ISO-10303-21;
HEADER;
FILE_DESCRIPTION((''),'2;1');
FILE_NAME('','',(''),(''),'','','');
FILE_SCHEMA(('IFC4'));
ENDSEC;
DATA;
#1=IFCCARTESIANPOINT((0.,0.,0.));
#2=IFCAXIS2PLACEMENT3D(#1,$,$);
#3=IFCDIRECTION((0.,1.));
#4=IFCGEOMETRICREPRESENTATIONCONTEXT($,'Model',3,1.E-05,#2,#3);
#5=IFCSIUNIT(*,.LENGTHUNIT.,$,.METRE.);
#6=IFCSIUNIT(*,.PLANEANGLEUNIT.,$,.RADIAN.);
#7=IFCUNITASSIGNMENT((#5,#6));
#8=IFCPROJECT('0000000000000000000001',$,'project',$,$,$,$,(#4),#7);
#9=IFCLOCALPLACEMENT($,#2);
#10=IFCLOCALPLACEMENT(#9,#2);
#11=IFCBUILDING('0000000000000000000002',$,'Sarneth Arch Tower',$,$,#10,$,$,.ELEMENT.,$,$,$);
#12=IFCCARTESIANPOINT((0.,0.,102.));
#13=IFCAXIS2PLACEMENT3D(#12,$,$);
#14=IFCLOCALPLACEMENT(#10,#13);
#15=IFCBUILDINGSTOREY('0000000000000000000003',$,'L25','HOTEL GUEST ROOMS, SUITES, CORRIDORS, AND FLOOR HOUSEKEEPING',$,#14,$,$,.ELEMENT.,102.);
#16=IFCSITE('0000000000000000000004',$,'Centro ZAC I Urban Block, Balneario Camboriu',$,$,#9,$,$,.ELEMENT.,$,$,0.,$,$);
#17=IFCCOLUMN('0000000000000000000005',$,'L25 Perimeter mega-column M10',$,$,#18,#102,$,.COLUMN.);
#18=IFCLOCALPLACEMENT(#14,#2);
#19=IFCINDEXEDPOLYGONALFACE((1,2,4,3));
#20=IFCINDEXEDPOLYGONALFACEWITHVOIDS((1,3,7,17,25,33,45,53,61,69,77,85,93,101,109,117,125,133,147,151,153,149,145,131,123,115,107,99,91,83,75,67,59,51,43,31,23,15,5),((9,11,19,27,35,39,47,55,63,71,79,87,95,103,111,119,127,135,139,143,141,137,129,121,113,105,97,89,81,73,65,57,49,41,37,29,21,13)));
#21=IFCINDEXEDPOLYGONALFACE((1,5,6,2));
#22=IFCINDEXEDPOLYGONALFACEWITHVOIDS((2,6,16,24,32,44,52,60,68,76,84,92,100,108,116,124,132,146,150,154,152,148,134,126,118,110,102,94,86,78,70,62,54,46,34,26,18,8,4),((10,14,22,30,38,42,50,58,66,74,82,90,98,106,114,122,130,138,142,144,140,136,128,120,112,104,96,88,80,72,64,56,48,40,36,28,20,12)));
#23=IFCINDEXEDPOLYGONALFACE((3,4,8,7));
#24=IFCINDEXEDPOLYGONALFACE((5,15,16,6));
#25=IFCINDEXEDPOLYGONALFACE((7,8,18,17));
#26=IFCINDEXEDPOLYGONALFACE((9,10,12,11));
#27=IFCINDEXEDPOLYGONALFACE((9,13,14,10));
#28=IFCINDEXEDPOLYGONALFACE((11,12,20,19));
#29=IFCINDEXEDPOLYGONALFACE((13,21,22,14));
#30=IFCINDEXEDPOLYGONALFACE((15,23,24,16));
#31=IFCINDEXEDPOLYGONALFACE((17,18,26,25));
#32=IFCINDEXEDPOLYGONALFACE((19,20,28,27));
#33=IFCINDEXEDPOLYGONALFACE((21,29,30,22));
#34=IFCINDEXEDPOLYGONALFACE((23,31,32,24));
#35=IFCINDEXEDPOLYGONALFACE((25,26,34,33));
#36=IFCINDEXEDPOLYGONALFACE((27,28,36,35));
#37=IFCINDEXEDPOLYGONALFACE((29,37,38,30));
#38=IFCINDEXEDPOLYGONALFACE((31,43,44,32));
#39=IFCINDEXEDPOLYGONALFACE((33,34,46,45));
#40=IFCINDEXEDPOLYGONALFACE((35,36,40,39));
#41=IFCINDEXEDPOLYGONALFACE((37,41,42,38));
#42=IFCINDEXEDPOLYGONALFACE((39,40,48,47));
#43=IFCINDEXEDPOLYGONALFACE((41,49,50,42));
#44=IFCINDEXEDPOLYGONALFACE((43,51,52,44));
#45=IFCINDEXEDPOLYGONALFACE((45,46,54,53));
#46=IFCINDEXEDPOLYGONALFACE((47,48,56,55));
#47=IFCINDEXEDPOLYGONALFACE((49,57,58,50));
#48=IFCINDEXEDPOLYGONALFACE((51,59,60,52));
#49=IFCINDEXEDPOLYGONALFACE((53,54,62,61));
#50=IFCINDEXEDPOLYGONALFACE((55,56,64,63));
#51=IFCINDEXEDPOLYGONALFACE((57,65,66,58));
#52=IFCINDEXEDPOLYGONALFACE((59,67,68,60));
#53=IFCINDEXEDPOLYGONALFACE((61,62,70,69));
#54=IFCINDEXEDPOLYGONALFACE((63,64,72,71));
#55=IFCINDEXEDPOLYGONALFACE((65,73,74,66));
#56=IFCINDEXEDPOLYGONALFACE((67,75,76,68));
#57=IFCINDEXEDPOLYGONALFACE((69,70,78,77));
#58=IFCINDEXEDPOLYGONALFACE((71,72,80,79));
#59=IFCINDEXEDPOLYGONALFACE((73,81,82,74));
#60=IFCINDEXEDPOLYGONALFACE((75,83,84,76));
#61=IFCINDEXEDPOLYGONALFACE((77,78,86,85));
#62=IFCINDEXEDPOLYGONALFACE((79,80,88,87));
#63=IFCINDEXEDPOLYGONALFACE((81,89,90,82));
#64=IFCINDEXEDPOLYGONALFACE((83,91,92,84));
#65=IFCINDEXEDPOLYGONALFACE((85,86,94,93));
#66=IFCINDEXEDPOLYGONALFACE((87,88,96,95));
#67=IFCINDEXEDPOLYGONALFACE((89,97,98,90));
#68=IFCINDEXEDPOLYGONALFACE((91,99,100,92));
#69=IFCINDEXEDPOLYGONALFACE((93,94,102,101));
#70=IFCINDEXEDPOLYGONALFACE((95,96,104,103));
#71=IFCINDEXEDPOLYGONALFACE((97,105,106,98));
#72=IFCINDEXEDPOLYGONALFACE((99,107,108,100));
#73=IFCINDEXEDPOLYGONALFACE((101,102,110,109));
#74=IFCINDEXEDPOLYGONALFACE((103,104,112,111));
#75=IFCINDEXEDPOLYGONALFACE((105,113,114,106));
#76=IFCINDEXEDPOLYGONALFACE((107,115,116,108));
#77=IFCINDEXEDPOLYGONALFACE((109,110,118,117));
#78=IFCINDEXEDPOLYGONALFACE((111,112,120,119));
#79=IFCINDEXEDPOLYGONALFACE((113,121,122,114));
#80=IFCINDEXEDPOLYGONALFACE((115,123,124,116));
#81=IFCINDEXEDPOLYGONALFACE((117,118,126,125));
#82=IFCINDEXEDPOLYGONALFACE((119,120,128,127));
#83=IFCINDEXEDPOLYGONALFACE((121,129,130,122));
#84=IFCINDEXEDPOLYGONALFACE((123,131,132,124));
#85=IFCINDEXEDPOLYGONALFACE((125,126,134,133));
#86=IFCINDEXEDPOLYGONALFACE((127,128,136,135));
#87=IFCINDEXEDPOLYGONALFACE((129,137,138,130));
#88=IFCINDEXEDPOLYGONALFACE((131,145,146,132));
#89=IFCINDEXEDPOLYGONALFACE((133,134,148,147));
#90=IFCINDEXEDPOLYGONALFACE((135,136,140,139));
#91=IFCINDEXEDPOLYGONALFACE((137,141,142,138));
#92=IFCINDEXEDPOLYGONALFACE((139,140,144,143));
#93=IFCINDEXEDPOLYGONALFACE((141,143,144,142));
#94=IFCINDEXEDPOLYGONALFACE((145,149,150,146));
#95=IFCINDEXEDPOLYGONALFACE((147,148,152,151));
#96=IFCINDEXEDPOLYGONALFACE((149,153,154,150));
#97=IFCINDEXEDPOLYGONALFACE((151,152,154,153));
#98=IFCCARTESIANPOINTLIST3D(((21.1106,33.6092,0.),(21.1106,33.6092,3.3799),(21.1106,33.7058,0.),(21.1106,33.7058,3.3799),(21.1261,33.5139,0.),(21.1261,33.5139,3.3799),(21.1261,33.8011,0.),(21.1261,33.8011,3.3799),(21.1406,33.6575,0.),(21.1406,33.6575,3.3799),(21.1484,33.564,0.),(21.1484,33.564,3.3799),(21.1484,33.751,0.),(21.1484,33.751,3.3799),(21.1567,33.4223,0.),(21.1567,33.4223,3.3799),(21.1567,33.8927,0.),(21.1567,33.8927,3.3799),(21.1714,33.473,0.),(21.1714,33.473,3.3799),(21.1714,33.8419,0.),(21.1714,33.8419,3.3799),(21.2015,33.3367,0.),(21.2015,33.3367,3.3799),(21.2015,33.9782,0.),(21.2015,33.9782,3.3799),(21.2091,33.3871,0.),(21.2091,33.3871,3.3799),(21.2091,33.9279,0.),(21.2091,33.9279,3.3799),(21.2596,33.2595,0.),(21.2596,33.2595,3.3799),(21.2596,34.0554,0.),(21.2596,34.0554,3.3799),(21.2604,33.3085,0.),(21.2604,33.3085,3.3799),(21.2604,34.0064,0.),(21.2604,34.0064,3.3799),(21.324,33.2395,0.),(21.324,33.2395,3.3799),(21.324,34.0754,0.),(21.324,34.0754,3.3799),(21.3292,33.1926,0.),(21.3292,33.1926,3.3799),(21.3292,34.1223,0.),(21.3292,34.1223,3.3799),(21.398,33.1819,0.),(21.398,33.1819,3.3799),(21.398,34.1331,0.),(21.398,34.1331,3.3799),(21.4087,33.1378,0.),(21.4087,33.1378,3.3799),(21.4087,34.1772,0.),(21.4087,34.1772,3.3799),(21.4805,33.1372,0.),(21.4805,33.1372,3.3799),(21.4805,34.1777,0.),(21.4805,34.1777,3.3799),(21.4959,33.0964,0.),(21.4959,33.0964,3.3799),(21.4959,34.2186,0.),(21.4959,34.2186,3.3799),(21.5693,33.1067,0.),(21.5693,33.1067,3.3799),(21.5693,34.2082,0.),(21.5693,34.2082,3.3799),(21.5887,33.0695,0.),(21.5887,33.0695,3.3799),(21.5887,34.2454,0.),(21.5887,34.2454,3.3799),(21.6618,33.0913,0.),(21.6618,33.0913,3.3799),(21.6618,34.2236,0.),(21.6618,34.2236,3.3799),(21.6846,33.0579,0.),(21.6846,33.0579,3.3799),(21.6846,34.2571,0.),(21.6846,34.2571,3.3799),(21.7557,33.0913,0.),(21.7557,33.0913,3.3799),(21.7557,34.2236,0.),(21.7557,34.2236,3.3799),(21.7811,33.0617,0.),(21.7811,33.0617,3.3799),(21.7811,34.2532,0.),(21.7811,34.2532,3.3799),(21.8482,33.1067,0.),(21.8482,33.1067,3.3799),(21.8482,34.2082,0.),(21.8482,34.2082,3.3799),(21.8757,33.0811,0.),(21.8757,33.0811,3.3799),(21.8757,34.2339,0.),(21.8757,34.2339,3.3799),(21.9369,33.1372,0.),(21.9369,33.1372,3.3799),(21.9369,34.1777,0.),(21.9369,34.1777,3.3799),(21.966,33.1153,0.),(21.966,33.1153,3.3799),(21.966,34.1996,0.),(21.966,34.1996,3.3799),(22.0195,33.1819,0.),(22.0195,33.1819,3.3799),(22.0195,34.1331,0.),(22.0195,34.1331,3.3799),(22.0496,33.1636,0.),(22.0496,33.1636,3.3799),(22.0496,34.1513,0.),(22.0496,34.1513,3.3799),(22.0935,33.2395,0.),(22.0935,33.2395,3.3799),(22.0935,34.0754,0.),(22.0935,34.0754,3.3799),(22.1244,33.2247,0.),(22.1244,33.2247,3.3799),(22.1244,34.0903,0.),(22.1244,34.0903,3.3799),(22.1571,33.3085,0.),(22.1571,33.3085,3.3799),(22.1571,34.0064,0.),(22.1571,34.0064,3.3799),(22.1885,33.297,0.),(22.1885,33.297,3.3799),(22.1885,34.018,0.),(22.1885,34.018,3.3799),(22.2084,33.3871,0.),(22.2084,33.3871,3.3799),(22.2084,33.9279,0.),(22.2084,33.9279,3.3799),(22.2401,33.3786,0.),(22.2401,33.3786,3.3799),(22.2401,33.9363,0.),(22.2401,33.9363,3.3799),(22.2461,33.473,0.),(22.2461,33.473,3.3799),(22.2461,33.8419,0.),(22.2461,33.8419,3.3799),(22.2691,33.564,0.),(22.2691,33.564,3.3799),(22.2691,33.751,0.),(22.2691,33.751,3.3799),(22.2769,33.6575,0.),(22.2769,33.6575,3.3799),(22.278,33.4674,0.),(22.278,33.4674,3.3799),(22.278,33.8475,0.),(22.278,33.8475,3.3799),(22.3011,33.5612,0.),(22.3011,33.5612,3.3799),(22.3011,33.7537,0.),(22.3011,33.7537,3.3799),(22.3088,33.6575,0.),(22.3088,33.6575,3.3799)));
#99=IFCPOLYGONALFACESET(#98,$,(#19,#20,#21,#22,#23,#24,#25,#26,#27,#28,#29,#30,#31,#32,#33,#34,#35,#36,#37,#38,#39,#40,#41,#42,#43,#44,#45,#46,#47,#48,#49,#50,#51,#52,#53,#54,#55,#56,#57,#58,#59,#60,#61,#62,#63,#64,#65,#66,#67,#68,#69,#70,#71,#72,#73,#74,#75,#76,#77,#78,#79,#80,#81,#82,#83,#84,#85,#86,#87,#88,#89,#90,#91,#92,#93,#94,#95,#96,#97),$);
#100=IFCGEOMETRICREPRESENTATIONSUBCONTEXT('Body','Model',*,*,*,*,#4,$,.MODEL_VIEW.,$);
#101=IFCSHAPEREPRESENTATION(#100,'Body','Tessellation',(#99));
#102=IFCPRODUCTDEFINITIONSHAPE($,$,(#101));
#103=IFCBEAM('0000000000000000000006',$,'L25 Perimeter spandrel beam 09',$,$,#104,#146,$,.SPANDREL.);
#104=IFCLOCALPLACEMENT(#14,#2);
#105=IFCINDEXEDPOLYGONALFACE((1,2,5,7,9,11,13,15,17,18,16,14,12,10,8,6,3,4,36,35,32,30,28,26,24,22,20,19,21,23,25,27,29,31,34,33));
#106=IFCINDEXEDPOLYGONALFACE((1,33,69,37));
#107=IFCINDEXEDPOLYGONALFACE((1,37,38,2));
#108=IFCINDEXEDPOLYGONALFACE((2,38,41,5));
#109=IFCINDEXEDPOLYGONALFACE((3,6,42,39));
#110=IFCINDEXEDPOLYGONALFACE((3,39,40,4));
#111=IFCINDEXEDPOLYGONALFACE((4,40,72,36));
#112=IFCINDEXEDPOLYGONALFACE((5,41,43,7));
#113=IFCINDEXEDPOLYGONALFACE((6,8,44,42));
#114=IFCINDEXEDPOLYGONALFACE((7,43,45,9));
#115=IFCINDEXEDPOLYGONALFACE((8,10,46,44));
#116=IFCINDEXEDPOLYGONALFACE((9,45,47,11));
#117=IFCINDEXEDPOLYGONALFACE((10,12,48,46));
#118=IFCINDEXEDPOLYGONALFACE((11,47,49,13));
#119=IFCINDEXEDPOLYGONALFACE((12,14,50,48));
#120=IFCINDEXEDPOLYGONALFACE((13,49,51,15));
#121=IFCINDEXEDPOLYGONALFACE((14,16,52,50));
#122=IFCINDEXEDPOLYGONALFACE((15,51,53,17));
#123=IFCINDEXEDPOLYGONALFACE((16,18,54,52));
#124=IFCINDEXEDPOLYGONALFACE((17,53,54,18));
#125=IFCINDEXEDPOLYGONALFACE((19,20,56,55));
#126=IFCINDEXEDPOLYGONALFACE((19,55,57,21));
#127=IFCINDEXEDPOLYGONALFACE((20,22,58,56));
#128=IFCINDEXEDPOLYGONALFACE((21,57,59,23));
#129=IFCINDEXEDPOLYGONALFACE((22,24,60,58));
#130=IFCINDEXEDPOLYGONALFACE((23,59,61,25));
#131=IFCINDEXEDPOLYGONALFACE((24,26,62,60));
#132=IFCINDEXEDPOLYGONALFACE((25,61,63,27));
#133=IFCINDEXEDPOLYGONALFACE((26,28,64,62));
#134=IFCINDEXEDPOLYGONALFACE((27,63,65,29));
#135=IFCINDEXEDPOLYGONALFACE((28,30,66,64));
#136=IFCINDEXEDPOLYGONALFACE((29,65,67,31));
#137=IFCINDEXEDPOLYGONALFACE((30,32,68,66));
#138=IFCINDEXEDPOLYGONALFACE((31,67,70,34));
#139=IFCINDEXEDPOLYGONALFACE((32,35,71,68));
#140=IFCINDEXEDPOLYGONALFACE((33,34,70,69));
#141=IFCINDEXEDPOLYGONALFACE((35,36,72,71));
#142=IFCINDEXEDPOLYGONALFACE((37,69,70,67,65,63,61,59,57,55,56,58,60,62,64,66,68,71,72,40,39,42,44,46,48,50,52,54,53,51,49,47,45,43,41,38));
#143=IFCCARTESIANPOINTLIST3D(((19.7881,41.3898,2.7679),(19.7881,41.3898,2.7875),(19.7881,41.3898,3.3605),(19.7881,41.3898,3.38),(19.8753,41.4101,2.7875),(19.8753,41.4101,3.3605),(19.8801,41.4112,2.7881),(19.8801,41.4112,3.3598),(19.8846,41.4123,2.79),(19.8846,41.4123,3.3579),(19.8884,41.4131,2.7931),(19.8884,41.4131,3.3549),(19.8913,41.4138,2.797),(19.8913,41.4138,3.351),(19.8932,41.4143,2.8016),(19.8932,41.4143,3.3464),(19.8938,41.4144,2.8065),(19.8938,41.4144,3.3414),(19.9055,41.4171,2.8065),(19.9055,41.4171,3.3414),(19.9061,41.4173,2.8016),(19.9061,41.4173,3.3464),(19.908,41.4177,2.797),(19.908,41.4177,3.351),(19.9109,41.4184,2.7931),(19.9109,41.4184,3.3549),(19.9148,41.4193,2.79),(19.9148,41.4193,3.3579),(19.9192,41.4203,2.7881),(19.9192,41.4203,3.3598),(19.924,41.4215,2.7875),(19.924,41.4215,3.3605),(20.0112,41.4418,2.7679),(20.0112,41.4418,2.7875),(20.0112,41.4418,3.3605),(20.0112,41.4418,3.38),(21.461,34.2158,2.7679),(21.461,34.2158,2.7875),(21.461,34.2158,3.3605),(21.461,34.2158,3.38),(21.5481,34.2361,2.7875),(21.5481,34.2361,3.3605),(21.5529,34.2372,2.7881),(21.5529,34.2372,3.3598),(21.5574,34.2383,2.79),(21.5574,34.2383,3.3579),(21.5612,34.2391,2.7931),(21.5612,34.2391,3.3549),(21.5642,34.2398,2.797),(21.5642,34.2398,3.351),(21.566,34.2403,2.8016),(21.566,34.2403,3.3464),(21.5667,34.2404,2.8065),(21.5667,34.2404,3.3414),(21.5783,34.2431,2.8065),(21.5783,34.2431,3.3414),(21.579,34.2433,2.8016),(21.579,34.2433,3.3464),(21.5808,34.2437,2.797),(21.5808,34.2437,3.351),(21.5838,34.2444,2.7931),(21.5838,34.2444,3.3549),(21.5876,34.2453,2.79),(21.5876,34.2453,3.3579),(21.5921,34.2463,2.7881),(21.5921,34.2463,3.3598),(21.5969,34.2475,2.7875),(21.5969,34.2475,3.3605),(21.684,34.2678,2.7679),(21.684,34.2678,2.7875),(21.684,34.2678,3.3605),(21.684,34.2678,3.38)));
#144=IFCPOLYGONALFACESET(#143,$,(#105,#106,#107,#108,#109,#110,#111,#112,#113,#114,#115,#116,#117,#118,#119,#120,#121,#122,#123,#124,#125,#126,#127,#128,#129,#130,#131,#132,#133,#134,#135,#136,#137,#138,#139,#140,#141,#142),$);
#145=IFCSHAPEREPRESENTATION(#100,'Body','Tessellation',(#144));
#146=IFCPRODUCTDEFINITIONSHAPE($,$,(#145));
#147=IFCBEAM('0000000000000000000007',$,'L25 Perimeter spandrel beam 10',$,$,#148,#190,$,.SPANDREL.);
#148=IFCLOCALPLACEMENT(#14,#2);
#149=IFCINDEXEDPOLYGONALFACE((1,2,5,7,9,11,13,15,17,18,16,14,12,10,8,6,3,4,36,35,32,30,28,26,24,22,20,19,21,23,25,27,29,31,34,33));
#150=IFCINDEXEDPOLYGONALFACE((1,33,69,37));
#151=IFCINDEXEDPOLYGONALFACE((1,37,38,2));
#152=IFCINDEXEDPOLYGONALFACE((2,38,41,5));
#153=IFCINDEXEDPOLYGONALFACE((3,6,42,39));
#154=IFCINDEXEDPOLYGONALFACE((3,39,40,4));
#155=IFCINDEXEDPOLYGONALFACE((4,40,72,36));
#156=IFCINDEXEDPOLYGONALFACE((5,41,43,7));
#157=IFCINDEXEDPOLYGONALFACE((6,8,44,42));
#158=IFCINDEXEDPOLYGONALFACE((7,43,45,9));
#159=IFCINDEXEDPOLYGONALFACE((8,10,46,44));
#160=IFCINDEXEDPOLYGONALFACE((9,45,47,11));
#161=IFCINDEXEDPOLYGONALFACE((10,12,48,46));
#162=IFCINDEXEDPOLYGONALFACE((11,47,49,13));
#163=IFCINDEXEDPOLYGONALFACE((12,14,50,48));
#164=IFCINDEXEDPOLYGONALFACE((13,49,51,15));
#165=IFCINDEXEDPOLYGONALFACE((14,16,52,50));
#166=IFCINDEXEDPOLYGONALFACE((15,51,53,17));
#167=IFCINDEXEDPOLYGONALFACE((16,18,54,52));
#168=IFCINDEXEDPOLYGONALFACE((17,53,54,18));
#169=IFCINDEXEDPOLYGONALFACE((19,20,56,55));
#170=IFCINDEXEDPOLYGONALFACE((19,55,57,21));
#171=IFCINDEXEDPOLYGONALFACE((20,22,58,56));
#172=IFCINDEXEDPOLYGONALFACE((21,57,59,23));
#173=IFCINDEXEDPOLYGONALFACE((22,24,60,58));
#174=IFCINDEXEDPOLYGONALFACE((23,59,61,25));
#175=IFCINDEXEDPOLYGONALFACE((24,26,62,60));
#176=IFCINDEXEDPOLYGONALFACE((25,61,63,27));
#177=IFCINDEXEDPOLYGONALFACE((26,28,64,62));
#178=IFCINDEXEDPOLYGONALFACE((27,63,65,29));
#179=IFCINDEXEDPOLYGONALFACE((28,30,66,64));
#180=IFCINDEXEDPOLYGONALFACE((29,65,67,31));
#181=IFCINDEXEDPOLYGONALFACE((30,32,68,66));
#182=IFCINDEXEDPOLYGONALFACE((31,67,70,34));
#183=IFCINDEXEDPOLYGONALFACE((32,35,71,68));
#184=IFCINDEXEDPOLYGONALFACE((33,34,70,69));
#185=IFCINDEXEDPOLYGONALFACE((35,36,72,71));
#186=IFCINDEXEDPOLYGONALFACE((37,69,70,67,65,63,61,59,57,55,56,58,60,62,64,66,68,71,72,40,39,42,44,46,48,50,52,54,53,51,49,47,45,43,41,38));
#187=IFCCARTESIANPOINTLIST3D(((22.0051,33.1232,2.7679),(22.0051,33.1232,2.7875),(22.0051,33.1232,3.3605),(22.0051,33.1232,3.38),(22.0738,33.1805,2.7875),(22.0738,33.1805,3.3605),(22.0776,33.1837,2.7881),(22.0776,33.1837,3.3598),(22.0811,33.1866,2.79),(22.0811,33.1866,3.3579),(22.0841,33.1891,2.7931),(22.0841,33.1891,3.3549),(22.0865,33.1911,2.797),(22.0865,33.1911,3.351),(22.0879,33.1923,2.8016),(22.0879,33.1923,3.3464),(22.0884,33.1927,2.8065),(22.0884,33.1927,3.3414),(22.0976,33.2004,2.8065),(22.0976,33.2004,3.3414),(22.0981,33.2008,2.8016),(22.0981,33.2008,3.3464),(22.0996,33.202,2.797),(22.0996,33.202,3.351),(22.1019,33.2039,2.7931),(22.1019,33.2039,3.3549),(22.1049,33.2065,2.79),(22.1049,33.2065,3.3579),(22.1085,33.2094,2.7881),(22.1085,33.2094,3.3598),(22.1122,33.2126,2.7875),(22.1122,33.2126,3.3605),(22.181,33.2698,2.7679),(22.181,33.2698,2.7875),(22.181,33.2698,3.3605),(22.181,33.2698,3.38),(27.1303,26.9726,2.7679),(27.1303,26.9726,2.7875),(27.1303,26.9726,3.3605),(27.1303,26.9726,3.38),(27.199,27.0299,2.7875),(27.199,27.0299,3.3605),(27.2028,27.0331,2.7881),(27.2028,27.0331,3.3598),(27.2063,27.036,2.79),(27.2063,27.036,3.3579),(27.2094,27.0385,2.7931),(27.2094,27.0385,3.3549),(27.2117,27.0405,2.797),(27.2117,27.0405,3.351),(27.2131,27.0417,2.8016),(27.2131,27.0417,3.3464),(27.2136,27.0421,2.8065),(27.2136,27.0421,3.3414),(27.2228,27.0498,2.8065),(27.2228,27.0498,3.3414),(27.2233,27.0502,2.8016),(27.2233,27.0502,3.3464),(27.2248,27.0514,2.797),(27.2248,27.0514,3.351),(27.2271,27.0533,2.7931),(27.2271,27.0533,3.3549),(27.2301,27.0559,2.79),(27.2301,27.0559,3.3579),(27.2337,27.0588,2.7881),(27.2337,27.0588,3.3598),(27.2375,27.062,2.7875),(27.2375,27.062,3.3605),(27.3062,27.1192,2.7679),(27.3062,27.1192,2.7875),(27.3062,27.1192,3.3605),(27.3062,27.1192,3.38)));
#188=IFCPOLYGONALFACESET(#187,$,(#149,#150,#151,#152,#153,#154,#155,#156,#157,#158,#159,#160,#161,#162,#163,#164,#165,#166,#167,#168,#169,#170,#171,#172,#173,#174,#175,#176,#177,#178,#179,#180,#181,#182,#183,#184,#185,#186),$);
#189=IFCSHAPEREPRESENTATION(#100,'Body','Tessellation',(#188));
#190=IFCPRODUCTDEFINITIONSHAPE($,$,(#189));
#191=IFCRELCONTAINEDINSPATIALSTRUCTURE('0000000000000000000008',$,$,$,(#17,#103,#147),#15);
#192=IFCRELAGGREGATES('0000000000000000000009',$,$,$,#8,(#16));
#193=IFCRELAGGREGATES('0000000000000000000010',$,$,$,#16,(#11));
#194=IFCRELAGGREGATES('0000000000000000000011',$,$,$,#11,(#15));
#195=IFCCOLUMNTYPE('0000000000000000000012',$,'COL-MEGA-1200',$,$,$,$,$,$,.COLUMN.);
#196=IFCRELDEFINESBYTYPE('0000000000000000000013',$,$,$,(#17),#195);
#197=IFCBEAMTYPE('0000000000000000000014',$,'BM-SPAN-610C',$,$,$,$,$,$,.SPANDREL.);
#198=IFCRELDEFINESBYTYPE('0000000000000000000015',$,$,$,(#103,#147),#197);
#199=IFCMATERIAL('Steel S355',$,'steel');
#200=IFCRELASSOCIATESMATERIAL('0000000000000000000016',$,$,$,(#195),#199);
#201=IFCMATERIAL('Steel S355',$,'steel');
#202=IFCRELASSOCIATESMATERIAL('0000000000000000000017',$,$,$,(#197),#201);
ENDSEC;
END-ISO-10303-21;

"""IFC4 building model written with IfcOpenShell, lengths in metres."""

from ifc_helpers import new_model, si_unit, direction, frame, origin, origin_2d, place, context, subcontext, project, spatial, hollow_circle, i_section, extrude, material, material_profile, profile_set, type_object, element, save


model = new_model("IFC4")

# Units and contexts
model_context = context("Model", 3, precision=1e-05, world=origin(), true_north=direction((0.0, 1.0)))
body_context = subcontext(model_context, "Body", "Model", "MODEL_VIEW")
ifc_project = project(units=[si_unit("LENGTHUNIT", "METRE"), si_unit("PLANEANGLEUNIT", "RADIAN")], contexts=[model_context])

# Site, building, storey
site_placement = place(None, origin())
site = spatial("IfcSite", under=ifc_project, at=site_placement, Name="Centro ZAC I Urban Block, Balneario Camboriu", CompositionType="ELEMENT", RefElevation=0.0)
building_placement = place(site_placement, origin())
building = spatial("IfcBuilding", under=site, at=building_placement, Name="Sarneth Arch Tower", CompositionType="ELEMENT")
storey_placement = place(building_placement, frame((0.0, 0.0, 102.0)))
storey = spatial("IfcBuildingStorey", under=building, at=storey_placement, Name="L25", Description="HOTEL GUEST ROOMS, SUITES, CORRIDORS, AND FLOOR HOUSEKEEPING", CompositionType="ELEMENT", Elevation=102.0)

# Column
ifc_material_1 = material(Name="Steel S355", Category="steel")
ifc_material_profile_1 = material_profile(ifc_material_1, hollow_circle(Radius=0.6001, WallThickness=0.032, at=origin_2d()), Name="CHS1200x32")
ifc_profile_set_1 = profile_set([ifc_material_profile_1], Name="Steel S355")
column_type = type_object("IfcColumnType", Name="COL-MEGA-1200", PredefinedType="COLUMN", material=ifc_profile_set_1)
column_placement = place(storey_placement, frame((21.7087, 33.6575, 0.0), z_axis=(0.0, 0.0, 1.0), x_axis=(1.0, 0.0, 0.0)))
element("IfcColumn", 1, at=column_placement, inside=storey, type_object=column_type, Name="L25 Perimeter mega-column M10", PredefinedType="COLUMN", context=body_context, shape_type="SweptSolid", body=[
    extrude(hollow_circle(Radius=0.6001, WallThickness=0.032, at=origin_2d()), origin(), (0.0, 0.0, 1.0), 3.3799),
])

# Beams
ifc_material_2 = material(Name="Steel S355", Category="steel")
ifc_material_profile_2 = material_profile(ifc_material_2, i_section(OverallWidth=0.229, OverallDepth=0.6121, WebThickness=0.012, FlangeThickness=0.0195, FilletRadius=0.019, at=origin_2d()), Name="W610x125")
ifc_profile_set_2 = profile_set([ifc_material_profile_2], Name="Steel S355")
beam_type = type_object("IfcBeamType", Name="BM-SPAN-610C", PredefinedType="SPANDREL", material=ifc_profile_set_2)
beam_1_placement = place(storey_placement, frame((19.8997, 41.4158, 3.074), z_axis=(0.227088, -0.973874, 0.0), x_axis=(0.973874, 0.227088, 0.0)))
element("IfcBeam", 2, at=beam_1_placement, inside=storey, type_object=beam_type, Name="L25 Perimeter spandrel beam 09", PredefinedType="SPANDREL", context=body_context, shape_type="SweptSolid", body=[
    extrude(i_section(OverallWidth=0.229, OverallDepth=0.6121, WebThickness=0.012, FlangeThickness=0.0195, FilletRadius=0.019, at=origin_2d()), origin(), (0.0, 0.0, 1.0), 7.3665),
])
beam_2_placement = place(storey_placement, frame((22.093, 33.1965, 3.074), z_axis=(0.640163, -0.768239, 0.0), x_axis=(0.768239, 0.640163, 0.0)))
element("IfcBeam", 3, at=beam_2_placement, inside=storey, type_object=beam_type, Name="L25 Perimeter spandrel beam 10", PredefinedType="SPANDREL", context=body_context, shape_type="SweptSolid", body=[
    extrude(i_section(OverallWidth=0.229, OverallDepth=0.6121, WebThickness=0.012, FlangeThickness=0.0195, FilletRadius=0.019, at=origin_2d()), origin(), (0.0, 0.0, 1.0), 8.0061),
])

save(model, "model.ifc")
